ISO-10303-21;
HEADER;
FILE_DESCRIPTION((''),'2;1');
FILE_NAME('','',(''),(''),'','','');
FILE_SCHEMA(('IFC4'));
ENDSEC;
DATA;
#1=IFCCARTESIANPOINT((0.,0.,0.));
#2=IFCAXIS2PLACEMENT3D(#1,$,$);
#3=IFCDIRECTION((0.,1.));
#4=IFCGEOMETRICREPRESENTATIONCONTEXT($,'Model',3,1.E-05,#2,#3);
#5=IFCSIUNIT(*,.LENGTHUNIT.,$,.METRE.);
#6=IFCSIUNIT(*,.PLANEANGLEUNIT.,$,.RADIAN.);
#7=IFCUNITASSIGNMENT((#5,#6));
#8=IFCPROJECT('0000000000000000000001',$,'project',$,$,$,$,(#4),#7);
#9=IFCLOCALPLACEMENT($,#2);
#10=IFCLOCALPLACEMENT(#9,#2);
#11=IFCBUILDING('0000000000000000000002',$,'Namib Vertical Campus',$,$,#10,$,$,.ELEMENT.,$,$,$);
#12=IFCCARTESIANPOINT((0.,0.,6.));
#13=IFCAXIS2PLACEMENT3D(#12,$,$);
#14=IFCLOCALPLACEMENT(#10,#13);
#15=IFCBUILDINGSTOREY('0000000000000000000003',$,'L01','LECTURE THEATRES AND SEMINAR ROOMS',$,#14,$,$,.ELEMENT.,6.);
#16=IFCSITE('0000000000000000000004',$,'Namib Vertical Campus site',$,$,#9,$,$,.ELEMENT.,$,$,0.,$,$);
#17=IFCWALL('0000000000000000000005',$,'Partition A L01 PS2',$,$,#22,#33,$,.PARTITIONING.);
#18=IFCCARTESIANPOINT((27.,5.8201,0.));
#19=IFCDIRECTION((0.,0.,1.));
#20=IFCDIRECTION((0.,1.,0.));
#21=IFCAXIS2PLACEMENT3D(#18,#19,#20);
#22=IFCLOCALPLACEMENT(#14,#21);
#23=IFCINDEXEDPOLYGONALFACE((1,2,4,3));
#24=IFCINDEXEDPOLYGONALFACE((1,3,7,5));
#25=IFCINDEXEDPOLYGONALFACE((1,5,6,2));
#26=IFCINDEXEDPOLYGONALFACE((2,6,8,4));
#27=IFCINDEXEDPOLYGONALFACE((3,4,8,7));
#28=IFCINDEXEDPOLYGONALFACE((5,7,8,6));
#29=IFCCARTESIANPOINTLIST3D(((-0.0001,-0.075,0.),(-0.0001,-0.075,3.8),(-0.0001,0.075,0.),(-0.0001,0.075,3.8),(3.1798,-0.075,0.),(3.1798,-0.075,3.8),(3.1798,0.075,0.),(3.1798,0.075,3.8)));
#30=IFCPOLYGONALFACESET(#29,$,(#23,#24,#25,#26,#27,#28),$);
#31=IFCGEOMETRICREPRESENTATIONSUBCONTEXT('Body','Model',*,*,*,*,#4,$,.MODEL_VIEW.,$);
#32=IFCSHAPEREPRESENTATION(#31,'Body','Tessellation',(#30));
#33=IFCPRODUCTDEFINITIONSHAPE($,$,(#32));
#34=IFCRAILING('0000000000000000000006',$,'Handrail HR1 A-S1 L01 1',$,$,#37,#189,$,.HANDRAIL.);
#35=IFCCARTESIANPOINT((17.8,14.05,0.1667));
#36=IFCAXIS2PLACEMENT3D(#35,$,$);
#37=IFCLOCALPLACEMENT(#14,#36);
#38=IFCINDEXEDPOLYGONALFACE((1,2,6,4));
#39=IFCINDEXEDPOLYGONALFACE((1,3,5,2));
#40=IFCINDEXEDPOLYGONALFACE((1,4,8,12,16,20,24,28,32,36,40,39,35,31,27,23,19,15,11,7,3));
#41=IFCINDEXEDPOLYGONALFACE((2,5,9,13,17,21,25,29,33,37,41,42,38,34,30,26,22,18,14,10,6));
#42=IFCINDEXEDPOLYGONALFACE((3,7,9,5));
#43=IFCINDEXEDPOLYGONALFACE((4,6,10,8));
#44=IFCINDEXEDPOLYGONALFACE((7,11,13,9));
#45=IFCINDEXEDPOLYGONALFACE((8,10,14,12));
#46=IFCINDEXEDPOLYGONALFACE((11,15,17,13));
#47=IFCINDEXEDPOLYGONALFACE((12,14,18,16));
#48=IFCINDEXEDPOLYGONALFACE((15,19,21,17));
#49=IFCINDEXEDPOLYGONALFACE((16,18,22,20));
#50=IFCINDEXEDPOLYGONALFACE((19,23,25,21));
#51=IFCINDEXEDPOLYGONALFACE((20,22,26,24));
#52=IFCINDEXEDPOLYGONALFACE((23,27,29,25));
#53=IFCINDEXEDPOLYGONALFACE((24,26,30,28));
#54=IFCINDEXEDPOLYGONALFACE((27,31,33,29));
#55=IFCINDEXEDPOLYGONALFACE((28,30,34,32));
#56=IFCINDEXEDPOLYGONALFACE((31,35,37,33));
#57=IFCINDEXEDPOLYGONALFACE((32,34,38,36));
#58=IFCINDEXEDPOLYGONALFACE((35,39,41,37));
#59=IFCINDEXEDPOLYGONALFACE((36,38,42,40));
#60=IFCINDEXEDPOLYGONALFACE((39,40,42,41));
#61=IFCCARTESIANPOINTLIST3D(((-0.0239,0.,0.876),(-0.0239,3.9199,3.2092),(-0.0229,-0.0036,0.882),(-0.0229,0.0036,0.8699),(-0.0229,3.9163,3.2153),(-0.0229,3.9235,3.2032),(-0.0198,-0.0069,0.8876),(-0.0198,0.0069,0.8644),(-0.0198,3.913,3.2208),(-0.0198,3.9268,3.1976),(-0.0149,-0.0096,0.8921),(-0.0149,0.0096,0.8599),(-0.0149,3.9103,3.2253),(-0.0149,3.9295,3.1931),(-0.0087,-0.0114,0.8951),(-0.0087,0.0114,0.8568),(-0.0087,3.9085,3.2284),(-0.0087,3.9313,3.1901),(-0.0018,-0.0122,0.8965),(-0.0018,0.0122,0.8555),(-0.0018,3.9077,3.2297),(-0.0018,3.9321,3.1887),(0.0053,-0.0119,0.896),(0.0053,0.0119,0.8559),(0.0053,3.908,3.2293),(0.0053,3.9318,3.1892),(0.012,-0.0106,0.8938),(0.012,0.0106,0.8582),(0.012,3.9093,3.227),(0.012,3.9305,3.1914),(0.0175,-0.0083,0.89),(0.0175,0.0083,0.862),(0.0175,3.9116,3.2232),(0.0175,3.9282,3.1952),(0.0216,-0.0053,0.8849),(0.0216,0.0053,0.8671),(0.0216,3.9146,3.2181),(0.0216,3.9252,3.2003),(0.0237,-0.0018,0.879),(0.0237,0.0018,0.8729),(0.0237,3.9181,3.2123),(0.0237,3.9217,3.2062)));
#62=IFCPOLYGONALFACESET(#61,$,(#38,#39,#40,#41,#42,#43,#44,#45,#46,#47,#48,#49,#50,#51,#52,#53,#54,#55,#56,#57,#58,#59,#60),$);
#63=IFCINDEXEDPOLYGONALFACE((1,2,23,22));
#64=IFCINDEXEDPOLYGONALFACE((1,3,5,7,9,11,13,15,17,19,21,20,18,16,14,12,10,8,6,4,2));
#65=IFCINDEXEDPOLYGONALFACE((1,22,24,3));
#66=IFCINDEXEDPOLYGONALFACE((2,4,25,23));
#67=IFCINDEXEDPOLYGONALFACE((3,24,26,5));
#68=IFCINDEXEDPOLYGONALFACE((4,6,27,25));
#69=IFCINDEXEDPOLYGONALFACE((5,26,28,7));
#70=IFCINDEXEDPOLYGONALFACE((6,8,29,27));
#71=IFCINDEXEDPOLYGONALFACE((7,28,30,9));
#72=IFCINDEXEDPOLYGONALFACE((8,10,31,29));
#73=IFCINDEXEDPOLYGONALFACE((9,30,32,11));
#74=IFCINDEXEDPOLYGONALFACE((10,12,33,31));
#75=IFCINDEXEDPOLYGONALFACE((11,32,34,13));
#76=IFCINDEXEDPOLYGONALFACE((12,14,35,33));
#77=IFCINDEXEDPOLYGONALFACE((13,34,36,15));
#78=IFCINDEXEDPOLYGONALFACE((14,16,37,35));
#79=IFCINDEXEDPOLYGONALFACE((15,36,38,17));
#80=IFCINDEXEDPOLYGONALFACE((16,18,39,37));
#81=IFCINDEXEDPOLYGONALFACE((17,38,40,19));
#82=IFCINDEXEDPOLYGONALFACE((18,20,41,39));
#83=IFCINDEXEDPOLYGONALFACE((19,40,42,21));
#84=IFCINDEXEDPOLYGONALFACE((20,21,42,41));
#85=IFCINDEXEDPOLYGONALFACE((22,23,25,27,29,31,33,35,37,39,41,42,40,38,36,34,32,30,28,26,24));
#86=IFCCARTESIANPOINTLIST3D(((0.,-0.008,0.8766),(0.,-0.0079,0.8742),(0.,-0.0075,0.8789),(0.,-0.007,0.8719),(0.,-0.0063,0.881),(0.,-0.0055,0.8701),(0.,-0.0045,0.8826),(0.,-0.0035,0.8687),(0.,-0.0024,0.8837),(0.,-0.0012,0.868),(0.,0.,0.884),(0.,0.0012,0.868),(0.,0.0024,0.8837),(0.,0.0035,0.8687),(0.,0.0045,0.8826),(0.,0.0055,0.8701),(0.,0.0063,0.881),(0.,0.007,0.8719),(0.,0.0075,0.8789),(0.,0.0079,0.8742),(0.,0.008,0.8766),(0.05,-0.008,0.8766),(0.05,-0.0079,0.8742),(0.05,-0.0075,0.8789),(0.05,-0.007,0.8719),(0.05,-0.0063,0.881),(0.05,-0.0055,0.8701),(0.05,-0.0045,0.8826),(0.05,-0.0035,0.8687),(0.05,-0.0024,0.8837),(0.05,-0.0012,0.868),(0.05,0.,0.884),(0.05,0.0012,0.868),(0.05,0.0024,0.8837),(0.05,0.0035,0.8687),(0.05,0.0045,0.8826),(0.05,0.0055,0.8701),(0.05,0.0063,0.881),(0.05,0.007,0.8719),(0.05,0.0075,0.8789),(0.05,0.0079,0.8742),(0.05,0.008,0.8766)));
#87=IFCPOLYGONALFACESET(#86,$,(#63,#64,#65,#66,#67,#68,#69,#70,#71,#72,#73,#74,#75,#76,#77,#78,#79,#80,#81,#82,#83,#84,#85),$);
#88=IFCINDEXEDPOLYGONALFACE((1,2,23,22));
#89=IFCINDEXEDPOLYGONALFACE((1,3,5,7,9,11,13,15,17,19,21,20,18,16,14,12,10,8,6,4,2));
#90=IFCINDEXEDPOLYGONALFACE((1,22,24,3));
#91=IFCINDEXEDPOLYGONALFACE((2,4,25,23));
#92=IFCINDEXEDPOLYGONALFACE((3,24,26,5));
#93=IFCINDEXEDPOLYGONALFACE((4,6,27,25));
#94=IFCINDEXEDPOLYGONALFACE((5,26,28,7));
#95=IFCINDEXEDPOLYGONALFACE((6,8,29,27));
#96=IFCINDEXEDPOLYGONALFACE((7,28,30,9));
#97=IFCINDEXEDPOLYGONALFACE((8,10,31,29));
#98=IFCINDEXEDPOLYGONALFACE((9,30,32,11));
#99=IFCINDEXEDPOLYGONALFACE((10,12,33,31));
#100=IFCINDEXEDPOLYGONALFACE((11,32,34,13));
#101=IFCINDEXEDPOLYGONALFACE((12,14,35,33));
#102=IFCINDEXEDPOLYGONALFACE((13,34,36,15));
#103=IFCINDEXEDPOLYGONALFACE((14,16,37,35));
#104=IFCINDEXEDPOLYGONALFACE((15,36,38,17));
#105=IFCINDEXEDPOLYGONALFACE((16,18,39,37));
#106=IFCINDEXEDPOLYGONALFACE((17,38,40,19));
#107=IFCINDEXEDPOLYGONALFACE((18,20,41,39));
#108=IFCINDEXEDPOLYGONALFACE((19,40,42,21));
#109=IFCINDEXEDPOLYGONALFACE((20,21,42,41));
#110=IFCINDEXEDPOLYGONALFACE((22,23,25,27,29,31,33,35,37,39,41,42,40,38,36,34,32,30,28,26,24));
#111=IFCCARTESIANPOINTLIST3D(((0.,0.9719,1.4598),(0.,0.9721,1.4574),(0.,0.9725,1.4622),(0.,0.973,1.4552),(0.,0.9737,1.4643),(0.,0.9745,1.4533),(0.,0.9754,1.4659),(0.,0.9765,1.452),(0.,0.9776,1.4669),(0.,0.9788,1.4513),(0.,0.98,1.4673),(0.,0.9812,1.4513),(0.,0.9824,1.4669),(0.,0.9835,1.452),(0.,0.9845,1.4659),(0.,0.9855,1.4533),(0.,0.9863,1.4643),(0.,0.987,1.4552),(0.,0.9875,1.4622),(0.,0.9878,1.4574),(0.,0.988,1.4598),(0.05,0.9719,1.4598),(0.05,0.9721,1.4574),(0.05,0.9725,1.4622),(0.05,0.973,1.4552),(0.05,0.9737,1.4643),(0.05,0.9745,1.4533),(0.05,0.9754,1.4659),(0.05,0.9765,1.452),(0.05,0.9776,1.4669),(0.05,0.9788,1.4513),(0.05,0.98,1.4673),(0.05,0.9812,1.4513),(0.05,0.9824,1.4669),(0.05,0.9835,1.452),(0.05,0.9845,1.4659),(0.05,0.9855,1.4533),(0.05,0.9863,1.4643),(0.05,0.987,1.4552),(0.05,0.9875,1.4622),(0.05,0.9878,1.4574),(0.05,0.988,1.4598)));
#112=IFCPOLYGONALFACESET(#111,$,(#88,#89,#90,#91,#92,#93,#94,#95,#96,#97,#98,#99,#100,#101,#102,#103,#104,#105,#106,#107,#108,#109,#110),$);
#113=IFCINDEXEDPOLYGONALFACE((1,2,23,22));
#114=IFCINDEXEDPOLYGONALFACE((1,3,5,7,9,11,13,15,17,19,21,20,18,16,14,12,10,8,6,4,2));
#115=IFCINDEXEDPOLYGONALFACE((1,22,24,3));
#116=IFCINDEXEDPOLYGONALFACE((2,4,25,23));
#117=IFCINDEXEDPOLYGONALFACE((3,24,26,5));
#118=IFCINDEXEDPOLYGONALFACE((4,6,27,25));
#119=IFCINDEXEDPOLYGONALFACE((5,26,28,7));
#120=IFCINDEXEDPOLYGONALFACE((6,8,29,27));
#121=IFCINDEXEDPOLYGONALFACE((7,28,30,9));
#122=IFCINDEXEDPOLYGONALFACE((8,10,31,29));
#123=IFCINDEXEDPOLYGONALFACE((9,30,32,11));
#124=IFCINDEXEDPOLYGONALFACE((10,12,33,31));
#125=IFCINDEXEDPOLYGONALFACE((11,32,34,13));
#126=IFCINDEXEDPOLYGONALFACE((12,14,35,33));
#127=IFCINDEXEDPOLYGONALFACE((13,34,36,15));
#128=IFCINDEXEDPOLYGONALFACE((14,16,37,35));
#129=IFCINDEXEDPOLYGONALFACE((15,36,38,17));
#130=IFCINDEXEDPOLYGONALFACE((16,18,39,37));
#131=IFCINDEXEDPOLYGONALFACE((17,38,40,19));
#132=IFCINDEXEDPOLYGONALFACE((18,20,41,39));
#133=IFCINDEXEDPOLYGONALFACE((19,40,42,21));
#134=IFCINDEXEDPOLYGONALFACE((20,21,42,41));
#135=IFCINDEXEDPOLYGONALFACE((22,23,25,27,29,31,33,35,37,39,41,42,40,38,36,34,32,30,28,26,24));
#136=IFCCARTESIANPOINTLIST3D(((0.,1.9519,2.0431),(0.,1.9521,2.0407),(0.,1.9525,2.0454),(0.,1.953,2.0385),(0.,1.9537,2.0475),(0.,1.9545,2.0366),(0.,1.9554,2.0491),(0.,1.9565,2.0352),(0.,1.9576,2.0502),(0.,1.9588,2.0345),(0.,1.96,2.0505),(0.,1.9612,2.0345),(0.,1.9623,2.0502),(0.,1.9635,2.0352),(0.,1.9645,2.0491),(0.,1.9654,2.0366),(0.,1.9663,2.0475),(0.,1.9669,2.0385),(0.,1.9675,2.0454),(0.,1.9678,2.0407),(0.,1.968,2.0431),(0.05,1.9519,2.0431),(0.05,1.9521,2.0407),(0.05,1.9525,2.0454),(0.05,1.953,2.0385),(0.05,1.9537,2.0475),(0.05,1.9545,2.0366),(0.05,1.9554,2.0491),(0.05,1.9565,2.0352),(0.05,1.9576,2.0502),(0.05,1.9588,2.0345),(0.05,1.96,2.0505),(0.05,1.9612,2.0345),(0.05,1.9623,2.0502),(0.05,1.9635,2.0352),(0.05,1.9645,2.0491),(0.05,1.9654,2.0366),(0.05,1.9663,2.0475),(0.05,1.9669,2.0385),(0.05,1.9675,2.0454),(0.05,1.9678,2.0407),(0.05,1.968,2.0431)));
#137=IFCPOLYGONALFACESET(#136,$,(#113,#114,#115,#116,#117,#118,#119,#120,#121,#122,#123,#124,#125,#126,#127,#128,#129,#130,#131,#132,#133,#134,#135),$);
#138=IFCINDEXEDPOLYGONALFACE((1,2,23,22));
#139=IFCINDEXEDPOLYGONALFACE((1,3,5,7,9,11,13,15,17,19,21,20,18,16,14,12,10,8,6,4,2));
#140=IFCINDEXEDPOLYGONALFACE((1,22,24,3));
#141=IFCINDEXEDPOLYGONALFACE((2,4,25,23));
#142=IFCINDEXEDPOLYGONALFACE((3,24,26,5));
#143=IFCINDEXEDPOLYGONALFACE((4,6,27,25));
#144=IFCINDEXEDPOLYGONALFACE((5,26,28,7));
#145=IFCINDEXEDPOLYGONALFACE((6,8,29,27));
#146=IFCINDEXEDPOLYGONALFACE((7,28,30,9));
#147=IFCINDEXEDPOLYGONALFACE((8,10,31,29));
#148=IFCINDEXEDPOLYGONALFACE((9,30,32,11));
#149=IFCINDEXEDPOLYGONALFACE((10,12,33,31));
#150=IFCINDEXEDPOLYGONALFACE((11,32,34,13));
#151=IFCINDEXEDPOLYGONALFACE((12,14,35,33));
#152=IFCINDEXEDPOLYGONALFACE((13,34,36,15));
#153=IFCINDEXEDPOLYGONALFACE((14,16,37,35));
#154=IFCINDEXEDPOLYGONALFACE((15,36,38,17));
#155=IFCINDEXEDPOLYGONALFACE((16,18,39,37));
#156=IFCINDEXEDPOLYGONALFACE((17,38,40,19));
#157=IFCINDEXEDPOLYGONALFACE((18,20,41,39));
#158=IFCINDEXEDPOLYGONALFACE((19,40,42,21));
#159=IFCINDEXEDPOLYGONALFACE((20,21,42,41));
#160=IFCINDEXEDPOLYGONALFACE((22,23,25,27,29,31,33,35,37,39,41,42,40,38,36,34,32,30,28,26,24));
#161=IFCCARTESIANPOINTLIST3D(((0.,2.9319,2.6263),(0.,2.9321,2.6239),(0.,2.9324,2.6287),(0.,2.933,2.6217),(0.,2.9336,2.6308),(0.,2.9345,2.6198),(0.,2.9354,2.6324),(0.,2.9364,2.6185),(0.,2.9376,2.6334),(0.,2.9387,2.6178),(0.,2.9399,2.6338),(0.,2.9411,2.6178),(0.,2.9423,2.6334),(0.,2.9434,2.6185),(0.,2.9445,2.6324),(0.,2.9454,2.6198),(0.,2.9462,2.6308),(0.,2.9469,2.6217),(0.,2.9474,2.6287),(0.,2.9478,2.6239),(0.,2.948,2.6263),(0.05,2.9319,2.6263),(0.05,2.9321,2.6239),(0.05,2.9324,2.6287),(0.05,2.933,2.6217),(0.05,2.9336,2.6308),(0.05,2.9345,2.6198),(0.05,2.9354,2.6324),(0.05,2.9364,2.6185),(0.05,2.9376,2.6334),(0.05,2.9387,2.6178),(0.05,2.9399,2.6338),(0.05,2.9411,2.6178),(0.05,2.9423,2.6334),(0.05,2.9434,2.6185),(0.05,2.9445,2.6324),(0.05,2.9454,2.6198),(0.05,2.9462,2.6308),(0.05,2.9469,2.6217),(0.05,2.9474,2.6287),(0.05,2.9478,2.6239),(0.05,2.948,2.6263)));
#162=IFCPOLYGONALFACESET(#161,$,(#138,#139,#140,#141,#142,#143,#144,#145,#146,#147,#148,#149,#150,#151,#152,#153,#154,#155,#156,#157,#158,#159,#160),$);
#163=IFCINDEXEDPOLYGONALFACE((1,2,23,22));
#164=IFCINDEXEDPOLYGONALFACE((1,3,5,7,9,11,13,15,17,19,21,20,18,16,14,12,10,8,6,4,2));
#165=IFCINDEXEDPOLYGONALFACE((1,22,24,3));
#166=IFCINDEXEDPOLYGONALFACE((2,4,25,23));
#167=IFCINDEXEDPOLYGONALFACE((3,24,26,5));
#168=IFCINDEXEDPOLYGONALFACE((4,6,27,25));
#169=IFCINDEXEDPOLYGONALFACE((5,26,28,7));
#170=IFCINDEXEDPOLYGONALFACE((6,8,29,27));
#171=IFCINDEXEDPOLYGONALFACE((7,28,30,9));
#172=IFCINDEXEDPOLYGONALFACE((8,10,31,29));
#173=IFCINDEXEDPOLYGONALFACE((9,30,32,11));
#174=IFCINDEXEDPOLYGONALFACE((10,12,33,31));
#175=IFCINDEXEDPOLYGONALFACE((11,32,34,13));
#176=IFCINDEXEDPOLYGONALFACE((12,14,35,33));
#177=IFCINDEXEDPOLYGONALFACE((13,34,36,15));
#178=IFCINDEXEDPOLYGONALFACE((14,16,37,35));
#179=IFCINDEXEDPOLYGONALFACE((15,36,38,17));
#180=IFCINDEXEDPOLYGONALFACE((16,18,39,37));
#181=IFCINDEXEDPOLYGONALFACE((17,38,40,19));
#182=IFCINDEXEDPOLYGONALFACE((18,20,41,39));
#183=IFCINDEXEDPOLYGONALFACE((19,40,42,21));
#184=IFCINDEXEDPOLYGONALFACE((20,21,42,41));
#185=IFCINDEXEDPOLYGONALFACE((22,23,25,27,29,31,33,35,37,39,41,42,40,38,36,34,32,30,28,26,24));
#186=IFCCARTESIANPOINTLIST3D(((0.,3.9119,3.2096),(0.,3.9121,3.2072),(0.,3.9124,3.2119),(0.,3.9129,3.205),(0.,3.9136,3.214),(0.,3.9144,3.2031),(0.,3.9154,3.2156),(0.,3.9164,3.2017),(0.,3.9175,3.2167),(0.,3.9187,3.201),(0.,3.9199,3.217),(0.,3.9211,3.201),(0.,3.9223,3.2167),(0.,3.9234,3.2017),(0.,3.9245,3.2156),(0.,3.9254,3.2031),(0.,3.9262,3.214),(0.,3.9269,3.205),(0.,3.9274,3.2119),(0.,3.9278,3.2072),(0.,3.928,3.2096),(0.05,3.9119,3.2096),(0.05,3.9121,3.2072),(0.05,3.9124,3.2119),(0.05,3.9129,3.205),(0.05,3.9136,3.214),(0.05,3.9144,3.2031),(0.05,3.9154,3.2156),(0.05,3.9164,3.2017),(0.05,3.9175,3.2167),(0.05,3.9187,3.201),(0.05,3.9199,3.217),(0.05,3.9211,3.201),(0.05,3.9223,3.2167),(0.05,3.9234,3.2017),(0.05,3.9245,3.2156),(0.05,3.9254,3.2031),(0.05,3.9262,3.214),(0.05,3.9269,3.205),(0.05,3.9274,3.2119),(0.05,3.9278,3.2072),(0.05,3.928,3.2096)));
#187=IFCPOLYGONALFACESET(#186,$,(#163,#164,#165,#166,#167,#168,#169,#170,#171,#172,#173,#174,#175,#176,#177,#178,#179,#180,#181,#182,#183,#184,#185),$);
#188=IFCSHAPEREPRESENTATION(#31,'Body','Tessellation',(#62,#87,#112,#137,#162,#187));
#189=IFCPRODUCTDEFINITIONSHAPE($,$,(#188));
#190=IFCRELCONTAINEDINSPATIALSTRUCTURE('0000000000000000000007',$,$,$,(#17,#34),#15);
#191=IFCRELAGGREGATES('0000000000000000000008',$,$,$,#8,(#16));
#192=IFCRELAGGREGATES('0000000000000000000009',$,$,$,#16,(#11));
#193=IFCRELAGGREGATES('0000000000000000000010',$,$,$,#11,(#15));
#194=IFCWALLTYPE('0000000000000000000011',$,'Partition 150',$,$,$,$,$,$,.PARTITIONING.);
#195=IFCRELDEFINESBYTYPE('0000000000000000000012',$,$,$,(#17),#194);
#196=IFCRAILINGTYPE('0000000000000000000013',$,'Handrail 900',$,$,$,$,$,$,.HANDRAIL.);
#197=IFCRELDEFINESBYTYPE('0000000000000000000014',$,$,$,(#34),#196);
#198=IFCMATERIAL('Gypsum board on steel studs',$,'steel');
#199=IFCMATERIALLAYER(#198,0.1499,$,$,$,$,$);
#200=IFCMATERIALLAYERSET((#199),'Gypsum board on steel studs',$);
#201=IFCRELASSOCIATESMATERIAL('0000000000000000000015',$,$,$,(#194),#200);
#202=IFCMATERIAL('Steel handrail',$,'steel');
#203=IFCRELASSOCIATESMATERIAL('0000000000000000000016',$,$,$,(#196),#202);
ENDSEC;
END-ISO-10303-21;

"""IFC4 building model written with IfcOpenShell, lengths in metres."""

from ifc_helpers import new_model, si_unit, direction, frame, frame_2d, origin, origin_2d, place, context, subcontext, project, spatial, rectangle, circle, extrude, material, layer, layer_set, type_object, element, save


model = new_model("IFC4")

# Units and contexts
model_context = context("Model", 3, precision=1e-05, world=origin(), true_north=direction((0.0, 1.0)))
body_context = subcontext(model_context, "Body", "Model", "MODEL_VIEW")
ifc_project = project(units=[si_unit("LENGTHUNIT", "METRE"), si_unit("PLANEANGLEUNIT", "RADIAN")], contexts=[model_context])

# Site, building, storey
site_placement = place(None, origin())
site = spatial("IfcSite", under=ifc_project, at=site_placement, Name="Namib Vertical Campus site", CompositionType="ELEMENT", RefElevation=0.0)
building_placement = place(site_placement, origin())
building = spatial("IfcBuilding", under=site, at=building_placement, Name="Namib Vertical Campus", CompositionType="ELEMENT")
storey_placement = place(building_placement, frame((0.0, 0.0, 6.0)))
storey = spatial("IfcBuildingStorey", under=building, at=storey_placement, Name="L01", Description="LECTURE THEATRES AND SEMINAR ROOMS", CompositionType="ELEMENT", Elevation=6.0)

# Wall
ifc_material_1 = material(Name="Gypsum board on steel studs", Category="steel")
ifc_layer_1 = layer(ifc_material_1, 0.1499)
ifc_layer_set_1 = layer_set([ifc_layer_1], Name="Gypsum board on steel studs")
wall_type_1 = type_object("IfcWallType", Name="Partition 150", PredefinedType="PARTITIONING", material=ifc_layer_set_1)
wall_1_placement = place(storey_placement, frame((27.0, 5.8201, 0.0), z_axis=(0.0, 0.0, 1.0), x_axis=(0.0, 1.0, 0.0)))
element("IfcWall", 1, at=wall_1_placement, inside=storey, type_object=wall_type_1, Name="Partition A L01 PS2", PredefinedType="PARTITIONING", context=body_context, shape_type="SweptSolid", body=[
    extrude(rectangle(XDim=3.1799, YDim=0.1499, at=frame_2d((1.5898, 0.0))), origin(), (0.0, 0.0, 1.0), 3.8),
])

# Railing
ifc_material_2 = material(Name="Steel handrail", Category="steel")
railing_type_1 = type_object("IfcRailingType", Name="Handrail 900", PredefinedType="HANDRAIL", material=ifc_material_2)
railing_1_placement = place(storey_placement, frame((17.8, 14.05, 0.1667)))
element("IfcRailing", 2, at=railing_1_placement, inside=storey, type_object=railing_type_1, Name="Handrail HR1 A-S1 L01 1", PredefinedType="HANDRAIL", context=body_context, shape_type="SweptSolid", body=[
    extrude(circle(Radius=0.0239, at=origin_2d()), frame((0.0, 0.0, 0.876), z_axis=(0.0, 0.859296, 0.511478), x_axis=(-1.0, 0.0, 0.0)), (0.0, 0.0, 1.0), 4.5618),
    extrude(circle(Radius=0.0081, at=origin_2d()), frame((0.0, 0.0, 0.876), z_axis=(1.0, 0.0, 0.0), x_axis=(0.0, 0.0, 1.0)), (0.0, 0.0, 1.0), 0.05),
    extrude(circle(Radius=0.0081, at=origin_2d()), frame((0.0, 0.98, 1.4592), z_axis=(1.0, 0.0, 0.0), x_axis=(0.0, 0.0, 1.0)), (0.0, 0.0, 1.0), 0.05),
    extrude(circle(Radius=0.0081, at=origin_2d()), frame((0.0, 1.96, 2.0425), z_axis=(1.0, 0.0, 0.0), x_axis=(0.0, 0.0, 1.0)), (0.0, 0.0, 1.0), 0.05),
    extrude(circle(Radius=0.0081, at=origin_2d()), frame((0.0, 2.9399, 2.6257), z_axis=(1.0, 0.0, 0.0), x_axis=(0.0, 0.0, 1.0)), (0.0, 0.0, 1.0), 0.05),
    extrude(circle(Radius=0.0081, at=origin_2d()), frame((0.0, 3.9199, 3.209), z_axis=(1.0, 0.0, 0.0), x_axis=(0.0, 0.0, 1.0)), (0.0, 0.0, 1.0), 0.05),
])

save(model, "model.ifc")
